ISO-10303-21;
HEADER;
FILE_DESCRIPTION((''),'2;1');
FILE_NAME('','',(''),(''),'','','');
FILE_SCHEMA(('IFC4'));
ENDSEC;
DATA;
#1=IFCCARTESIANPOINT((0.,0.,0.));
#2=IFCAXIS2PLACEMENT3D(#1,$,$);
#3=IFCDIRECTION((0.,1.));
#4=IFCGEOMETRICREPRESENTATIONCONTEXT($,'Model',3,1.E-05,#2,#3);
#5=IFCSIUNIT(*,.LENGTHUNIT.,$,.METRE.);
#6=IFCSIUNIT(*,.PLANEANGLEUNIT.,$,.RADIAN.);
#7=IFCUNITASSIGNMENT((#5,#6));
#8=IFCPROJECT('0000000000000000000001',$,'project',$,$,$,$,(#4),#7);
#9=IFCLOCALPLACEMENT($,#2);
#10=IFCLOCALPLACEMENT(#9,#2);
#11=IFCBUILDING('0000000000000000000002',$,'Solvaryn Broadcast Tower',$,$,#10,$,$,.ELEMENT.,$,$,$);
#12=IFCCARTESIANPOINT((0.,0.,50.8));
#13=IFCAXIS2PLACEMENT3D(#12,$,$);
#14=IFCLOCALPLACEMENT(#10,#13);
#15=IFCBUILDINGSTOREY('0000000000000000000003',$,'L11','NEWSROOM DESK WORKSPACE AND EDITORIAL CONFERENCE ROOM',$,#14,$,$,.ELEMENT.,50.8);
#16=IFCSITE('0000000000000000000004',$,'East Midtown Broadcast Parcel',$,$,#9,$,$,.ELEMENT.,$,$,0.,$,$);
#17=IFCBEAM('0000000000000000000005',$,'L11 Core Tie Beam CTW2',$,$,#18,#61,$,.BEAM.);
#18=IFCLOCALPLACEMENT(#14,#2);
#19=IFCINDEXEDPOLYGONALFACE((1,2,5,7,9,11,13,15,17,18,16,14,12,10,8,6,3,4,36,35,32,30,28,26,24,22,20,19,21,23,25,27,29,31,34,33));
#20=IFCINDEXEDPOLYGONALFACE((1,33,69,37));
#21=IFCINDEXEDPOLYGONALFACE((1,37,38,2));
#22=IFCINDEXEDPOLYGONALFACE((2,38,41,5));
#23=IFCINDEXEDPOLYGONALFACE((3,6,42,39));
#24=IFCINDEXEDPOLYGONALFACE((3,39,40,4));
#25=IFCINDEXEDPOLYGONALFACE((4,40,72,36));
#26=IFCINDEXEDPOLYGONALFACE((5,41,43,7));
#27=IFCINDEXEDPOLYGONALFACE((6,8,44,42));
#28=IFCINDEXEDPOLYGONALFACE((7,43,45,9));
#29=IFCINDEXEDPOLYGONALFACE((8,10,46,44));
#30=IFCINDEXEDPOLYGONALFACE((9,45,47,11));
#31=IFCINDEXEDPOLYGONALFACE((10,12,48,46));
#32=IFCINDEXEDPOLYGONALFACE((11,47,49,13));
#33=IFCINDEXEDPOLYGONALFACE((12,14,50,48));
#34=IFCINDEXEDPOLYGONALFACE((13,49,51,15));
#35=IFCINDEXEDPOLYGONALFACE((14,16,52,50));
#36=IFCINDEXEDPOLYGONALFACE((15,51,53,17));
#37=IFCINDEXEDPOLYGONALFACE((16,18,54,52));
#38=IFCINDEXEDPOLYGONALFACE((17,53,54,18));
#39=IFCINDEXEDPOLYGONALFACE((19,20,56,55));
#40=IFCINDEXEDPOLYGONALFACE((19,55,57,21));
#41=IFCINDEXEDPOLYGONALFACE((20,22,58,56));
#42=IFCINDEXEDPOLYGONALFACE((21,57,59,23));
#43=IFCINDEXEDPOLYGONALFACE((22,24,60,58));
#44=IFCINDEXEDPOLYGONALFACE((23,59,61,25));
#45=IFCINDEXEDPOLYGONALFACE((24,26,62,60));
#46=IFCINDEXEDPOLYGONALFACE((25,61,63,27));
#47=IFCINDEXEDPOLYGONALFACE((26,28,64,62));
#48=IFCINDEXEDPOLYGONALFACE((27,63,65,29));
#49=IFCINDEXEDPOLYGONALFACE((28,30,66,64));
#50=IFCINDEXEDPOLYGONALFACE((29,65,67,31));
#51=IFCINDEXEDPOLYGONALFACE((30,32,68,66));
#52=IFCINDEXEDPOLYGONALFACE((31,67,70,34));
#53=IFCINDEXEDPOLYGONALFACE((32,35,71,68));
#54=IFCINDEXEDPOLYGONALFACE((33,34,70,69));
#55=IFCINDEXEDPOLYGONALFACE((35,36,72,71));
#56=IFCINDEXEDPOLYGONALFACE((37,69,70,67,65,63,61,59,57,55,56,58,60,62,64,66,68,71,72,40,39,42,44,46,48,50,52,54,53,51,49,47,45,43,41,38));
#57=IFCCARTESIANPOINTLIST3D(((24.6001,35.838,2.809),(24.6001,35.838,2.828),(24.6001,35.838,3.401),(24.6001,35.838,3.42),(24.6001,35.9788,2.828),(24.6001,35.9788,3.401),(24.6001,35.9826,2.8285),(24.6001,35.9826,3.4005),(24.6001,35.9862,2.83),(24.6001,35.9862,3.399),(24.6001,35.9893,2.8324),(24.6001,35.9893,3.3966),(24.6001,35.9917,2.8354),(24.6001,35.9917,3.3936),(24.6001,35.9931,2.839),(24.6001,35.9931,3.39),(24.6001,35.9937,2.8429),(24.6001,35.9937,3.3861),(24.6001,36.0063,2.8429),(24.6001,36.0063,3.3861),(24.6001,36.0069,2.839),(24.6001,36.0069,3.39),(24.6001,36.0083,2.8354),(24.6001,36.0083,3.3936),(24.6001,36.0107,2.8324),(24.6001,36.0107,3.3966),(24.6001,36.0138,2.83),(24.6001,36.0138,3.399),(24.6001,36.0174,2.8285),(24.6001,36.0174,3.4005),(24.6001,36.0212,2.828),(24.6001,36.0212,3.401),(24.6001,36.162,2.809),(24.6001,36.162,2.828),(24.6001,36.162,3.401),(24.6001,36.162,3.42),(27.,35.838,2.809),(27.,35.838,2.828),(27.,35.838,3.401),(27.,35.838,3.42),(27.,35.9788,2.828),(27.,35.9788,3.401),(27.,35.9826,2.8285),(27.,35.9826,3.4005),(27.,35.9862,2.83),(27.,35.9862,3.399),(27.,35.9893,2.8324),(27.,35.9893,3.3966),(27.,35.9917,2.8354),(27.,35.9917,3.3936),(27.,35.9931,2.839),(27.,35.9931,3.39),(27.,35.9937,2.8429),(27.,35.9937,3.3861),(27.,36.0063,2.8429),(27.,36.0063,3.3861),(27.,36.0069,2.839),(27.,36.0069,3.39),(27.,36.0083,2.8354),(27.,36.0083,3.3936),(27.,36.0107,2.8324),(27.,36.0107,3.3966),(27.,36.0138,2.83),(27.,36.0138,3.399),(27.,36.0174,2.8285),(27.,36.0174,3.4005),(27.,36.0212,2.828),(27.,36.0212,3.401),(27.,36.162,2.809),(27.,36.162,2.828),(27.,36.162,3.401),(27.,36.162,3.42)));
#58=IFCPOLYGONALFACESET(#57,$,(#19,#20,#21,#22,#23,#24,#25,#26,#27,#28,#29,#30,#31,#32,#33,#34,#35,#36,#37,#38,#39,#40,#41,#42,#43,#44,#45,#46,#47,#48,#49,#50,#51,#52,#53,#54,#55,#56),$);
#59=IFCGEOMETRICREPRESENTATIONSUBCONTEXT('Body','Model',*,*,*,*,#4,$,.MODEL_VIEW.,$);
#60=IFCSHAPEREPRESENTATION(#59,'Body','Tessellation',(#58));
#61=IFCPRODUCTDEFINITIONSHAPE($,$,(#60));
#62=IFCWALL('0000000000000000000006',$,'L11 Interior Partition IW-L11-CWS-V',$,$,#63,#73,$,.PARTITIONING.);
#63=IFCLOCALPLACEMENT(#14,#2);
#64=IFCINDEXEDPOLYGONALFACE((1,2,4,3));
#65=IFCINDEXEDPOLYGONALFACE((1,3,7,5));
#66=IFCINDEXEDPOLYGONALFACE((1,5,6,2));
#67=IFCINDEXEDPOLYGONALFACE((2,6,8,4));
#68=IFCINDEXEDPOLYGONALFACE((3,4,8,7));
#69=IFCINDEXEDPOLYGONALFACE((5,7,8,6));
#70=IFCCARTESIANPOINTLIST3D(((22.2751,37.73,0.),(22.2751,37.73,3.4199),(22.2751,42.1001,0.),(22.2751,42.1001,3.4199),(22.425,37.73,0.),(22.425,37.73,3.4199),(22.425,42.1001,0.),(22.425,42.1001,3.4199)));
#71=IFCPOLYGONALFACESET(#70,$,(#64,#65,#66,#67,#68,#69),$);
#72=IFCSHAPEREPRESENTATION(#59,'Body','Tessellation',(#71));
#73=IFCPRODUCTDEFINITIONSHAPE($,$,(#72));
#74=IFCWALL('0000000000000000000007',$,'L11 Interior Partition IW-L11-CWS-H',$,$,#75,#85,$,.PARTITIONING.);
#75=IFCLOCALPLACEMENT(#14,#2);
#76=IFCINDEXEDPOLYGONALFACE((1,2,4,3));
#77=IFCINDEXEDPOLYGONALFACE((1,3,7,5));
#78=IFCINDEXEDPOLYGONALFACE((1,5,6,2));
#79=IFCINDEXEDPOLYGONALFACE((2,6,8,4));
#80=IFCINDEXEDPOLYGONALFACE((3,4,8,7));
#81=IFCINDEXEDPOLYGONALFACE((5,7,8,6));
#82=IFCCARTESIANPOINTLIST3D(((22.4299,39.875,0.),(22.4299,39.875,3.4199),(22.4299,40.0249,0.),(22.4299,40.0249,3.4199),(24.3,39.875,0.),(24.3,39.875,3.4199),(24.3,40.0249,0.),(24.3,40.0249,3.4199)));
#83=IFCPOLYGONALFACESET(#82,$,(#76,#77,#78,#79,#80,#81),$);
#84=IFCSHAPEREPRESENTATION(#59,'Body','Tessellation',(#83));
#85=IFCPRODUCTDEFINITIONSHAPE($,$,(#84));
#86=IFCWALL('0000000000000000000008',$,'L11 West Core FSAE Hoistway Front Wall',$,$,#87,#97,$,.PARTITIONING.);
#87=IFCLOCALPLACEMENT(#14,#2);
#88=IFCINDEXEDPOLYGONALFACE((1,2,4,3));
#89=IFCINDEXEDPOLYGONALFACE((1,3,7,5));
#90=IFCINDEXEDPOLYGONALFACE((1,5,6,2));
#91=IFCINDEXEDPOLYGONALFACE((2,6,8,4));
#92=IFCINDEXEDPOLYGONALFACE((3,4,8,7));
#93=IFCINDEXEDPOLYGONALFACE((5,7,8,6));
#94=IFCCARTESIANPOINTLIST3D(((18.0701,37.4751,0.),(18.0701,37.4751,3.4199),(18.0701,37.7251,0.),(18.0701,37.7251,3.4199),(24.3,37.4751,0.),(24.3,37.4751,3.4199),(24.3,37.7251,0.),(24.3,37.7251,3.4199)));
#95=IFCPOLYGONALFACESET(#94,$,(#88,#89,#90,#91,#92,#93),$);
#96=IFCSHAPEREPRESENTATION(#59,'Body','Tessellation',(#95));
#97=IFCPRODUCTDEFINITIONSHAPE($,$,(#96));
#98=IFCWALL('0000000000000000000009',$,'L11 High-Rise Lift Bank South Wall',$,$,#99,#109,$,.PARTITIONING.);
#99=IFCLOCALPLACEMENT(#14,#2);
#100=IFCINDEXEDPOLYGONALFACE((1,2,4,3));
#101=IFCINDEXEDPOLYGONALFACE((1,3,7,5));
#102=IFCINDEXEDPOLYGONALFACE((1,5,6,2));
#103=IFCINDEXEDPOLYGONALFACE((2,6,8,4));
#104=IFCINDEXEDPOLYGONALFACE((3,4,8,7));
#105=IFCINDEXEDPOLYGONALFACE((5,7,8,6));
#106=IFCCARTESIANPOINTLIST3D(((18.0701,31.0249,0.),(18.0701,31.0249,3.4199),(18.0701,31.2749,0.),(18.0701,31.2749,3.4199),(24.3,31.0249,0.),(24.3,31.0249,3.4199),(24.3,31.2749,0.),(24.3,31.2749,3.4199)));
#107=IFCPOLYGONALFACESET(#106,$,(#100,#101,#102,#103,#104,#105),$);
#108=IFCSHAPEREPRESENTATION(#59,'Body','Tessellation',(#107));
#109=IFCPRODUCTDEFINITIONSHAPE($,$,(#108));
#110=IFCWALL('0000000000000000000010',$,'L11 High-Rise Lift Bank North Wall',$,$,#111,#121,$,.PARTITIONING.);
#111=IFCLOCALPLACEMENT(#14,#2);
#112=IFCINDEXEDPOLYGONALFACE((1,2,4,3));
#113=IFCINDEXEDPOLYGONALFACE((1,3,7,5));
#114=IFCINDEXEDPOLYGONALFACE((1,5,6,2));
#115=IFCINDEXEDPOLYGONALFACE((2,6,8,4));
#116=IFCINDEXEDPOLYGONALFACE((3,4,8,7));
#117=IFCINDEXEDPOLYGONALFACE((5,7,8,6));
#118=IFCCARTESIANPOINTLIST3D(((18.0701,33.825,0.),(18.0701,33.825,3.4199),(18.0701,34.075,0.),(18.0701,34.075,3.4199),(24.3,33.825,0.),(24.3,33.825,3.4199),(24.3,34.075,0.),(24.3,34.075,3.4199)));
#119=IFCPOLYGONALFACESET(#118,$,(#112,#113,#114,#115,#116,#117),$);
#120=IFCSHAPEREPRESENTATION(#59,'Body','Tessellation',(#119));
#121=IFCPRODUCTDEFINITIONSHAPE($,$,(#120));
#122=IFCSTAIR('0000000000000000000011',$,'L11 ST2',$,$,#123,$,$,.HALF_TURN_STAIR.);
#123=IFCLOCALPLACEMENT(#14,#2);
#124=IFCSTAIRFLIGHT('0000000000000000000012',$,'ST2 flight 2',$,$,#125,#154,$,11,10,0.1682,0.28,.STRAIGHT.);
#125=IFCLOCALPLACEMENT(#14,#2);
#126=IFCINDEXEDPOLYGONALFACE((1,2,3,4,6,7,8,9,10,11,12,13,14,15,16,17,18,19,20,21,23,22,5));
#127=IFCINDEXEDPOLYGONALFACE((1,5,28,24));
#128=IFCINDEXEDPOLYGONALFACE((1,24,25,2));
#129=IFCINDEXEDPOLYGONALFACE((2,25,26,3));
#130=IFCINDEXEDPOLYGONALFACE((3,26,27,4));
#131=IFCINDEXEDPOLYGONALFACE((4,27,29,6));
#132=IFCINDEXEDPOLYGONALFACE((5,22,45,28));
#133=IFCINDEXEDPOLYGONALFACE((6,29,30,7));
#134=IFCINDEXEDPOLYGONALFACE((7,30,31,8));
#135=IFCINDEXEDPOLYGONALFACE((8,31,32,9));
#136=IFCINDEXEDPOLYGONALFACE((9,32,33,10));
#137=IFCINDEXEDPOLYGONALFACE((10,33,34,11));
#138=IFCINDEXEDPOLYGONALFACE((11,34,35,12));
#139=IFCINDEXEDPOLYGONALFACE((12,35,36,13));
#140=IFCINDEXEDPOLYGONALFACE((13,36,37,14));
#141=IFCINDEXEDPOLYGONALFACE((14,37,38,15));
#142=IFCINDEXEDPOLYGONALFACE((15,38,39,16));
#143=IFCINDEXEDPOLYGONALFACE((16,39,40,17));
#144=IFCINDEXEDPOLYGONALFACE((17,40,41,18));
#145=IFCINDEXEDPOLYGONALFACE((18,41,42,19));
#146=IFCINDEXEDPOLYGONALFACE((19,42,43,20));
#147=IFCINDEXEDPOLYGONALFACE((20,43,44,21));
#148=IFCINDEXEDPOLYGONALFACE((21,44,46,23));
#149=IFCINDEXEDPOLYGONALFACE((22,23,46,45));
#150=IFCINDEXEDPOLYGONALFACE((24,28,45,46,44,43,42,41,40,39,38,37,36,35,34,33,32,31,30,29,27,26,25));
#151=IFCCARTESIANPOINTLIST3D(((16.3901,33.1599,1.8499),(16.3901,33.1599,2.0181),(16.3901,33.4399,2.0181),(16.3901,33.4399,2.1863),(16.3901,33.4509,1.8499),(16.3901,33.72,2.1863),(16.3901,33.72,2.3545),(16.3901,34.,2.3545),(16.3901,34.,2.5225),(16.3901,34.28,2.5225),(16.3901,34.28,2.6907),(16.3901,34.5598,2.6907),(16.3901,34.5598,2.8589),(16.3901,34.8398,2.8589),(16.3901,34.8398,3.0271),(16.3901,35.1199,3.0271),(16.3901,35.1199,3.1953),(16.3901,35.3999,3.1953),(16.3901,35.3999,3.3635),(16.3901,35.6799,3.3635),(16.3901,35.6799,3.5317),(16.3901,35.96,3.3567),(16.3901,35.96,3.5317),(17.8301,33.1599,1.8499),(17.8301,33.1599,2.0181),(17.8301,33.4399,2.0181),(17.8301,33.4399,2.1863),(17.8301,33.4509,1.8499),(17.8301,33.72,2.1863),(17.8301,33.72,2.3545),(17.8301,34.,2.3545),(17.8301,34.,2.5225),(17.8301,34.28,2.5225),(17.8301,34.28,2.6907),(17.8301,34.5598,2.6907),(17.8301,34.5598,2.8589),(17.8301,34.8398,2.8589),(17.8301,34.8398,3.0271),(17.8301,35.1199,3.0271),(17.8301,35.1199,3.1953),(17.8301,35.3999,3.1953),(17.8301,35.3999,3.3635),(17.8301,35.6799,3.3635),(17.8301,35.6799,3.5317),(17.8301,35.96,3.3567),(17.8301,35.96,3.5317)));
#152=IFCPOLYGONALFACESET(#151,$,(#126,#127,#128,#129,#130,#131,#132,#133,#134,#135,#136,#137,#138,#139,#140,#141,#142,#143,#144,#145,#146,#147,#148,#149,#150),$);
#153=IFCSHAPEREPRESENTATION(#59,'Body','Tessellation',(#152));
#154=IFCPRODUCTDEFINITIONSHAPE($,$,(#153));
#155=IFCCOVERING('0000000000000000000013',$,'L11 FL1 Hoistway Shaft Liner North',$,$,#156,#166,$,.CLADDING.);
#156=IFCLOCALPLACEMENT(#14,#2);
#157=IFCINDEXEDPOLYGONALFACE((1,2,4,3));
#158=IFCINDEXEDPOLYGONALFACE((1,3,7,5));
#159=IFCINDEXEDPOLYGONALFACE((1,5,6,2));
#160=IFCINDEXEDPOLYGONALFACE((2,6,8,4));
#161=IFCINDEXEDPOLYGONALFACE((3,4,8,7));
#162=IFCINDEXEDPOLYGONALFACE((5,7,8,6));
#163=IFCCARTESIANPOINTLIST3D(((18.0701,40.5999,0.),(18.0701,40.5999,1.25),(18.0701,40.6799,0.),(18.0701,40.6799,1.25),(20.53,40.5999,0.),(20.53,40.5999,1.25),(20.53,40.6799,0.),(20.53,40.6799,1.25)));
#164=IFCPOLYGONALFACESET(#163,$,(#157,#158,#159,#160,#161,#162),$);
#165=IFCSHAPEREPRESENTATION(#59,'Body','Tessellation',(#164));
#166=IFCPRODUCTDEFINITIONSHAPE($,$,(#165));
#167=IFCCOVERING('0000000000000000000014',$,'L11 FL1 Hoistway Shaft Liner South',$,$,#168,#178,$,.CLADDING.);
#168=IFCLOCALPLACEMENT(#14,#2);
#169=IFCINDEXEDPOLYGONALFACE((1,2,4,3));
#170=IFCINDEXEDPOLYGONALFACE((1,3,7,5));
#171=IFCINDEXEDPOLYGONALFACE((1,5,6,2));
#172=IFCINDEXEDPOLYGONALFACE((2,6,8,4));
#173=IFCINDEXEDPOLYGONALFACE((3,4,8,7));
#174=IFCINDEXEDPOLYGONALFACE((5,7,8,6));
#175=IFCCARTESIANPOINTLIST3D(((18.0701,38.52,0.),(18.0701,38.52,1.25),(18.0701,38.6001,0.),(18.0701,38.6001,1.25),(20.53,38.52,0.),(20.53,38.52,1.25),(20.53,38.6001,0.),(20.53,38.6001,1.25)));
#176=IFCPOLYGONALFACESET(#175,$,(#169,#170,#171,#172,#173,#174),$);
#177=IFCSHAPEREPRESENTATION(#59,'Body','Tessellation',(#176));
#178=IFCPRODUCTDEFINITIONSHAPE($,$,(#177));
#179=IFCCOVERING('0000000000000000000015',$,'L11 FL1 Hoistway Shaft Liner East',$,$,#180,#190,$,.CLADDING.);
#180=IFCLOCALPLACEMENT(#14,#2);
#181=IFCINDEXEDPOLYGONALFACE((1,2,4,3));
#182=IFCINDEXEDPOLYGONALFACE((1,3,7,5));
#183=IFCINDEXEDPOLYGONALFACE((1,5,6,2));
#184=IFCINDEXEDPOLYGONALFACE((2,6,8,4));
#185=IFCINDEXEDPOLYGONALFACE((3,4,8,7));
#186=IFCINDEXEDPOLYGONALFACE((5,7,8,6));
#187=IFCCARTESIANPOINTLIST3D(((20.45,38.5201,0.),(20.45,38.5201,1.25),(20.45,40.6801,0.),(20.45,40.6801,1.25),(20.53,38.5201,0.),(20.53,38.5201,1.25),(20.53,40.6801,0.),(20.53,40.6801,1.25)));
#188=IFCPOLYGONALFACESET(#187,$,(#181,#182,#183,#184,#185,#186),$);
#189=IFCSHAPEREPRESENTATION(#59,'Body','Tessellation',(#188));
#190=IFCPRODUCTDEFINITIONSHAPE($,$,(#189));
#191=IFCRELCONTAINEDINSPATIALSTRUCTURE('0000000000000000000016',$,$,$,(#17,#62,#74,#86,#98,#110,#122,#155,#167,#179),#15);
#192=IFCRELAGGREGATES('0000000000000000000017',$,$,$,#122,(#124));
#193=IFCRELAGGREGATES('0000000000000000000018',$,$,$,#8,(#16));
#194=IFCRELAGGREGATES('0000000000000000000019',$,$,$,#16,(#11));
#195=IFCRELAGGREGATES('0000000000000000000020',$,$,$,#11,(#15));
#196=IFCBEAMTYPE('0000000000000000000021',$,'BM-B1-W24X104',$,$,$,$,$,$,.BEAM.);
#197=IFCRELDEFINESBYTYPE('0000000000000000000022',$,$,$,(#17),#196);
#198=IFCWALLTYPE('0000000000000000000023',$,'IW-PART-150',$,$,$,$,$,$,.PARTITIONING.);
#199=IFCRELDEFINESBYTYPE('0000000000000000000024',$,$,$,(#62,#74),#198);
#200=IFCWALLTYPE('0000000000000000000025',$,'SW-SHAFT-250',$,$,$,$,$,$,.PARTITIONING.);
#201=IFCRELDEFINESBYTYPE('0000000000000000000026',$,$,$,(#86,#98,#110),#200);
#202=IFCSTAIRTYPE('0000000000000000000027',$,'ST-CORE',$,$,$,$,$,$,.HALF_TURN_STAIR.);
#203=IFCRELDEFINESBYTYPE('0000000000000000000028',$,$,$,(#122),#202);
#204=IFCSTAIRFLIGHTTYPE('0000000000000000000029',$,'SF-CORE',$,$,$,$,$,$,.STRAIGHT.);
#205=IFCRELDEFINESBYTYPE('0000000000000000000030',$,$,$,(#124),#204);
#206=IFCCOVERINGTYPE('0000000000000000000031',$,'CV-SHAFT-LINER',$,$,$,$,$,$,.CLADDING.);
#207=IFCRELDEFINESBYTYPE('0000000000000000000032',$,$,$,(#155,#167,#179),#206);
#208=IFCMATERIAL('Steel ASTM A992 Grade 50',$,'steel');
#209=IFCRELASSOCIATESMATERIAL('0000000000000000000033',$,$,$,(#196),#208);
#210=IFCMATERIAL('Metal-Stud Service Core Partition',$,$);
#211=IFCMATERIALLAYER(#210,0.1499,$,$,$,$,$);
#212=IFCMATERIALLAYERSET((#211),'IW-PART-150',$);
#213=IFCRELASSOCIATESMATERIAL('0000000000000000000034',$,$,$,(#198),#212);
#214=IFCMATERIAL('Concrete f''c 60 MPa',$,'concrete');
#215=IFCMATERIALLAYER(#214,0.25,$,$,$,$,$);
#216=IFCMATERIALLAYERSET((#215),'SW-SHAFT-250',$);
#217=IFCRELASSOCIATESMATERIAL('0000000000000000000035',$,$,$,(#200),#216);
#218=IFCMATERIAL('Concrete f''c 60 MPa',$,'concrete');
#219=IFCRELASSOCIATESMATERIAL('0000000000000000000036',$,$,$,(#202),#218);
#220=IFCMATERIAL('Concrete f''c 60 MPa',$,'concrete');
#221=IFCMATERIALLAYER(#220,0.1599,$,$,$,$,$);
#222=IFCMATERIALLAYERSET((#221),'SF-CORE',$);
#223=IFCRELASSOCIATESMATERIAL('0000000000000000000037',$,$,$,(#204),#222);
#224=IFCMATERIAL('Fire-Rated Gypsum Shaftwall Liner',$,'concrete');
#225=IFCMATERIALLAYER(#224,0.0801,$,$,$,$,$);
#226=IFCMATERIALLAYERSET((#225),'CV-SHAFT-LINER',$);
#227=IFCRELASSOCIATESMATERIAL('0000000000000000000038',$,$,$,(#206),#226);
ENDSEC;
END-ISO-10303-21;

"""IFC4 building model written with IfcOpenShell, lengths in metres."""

from ifc_helpers import new_model, si_unit, direction, frame, frame_2d, origin, origin_2d, place, context, subcontext, project, spatial, polyline, rectangle, i_section, outline, extrude, material, layer, layer_set, material_profile, profile_set, type_object, element, aggregate, save


model = new_model("IFC4")

# Units and contexts
model_context = context("Model", 3, precision=1e-05, world=origin(), true_north=direction((0.0, 1.0)))
body_context = subcontext(model_context, "Body", "Model", "MODEL_VIEW")
ifc_project = project(units=[si_unit("LENGTHUNIT", "METRE"), si_unit("PLANEANGLEUNIT", "RADIAN")], contexts=[model_context])

# Site, building, storey
site_placement = place(None, origin())
site = spatial("IfcSite", under=ifc_project, at=site_placement, Name="East Midtown Broadcast Parcel", CompositionType="ELEMENT", RefElevation=0.0)
building_placement = place(site_placement, origin())
building = spatial("IfcBuilding", under=site, at=building_placement, Name="Solvaryn Broadcast Tower", CompositionType="ELEMENT")
storey_placement = place(building_placement, frame((0.0, 0.0, 50.8)))
storey = spatial("IfcBuildingStorey", under=building, at=storey_placement, Name="L11", Description="NEWSROOM DESK WORKSPACE AND EDITORIAL CONFERENCE ROOM", CompositionType="ELEMENT", Elevation=50.8)

# Beam
ifc_material_1 = material(Name="Steel ASTM A992 Grade 50", Category="steel")
ifc_material_profile = material_profile(ifc_material_1, i_section(OverallWidth=0.324, OverallDepth=0.6111, WebThickness=0.0127, FlangeThickness=0.019, FilletRadius=0.0149, at=origin_2d()))
ifc_profile_set = profile_set([ifc_material_profile], Name="Steel ASTM A992 Grade 50")
beam_type = type_object("IfcBeamType", Name="BM-B1-W24X104", PredefinedType="BEAM", material=ifc_profile_set)
beam_placement = place(storey_placement, frame((24.6001, 36.0, 3.1145), z_axis=(1.0, 0.0, 0.0), x_axis=(0.0, 1.0, 0.0)))
element("IfcBeam", 1, at=beam_placement, inside=storey, type_object=beam_type, Name="L11 Core Tie Beam CTW2", PredefinedType="BEAM", context=body_context, shape_type="SweptSolid", body=[
    extrude(i_section(OverallWidth=0.324, OverallDepth=0.6111, WebThickness=0.0127, FlangeThickness=0.019, FilletRadius=0.0149, at=origin_2d()), origin(), (0.0, 0.0, 1.0), 2.3999),
])

# Walls
ifc_material_2 = material(Name="Metal-Stud Service Core Partition")
ifc_layer_1 = layer(ifc_material_2, 0.1499)
ifc_layer_set_1 = layer_set([ifc_layer_1], Name="IW-PART-150")
wall_type_1 = type_object("IfcWallType", Name="IW-PART-150", PredefinedType="PARTITIONING", material=ifc_layer_set_1)
wall_1_placement = place(storey_placement, frame((22.3501, 37.73, 0.0), z_axis=(0.0, 0.0, 1.0), x_axis=(0.0, 1.0, 0.0)))
element("IfcWall", 2, at=wall_1_placement, inside=storey, type_object=wall_type_1, Name="L11 Interior Partition IW-L11-CWS-V", PredefinedType="PARTITIONING", context=body_context, shape_type="SweptSolid", body=[
    extrude(rectangle(XDim=4.3701, YDim=0.1499, at=frame_2d((2.1851, 0.0))), origin(), (0.0, 0.0, 1.0), 3.4199),
])
wall_2_placement = place(storey_placement, frame((22.4299, 39.95, 0.0), z_axis=(0.0, 0.0, 1.0), x_axis=(1.0, 0.0, 0.0)))
element("IfcWall", 3, at=wall_2_placement, inside=storey, type_object=wall_type_1, Name="L11 Interior Partition IW-L11-CWS-H", PredefinedType="PARTITIONING", context=body_context, shape_type="SweptSolid", body=[
    extrude(rectangle(XDim=1.8701, YDim=0.1499, at=frame_2d((0.9351, 0.0))), origin(), (0.0, 0.0, 1.0), 3.4199),
])
ifc_material_3 = material(Name="Concrete f'c 60 MPa", Category="concrete")
ifc_layer_2 = layer(ifc_material_3, 0.25)
ifc_layer_set_2 = layer_set([ifc_layer_2], Name="SW-SHAFT-250")
wall_type_2 = type_object("IfcWallType", Name="SW-SHAFT-250", PredefinedType="PARTITIONING", material=ifc_layer_set_2)
for number, where, z_axis, x_axis, name in (
    (4, (18.0701, 37.6001, 0.0), (0.0, 0.0, 1.0), (1.0, 0.0, 0.0), "L11 West Core FSAE Hoistway Front Wall"),
    (5, (18.0701, 31.1499, 0.0), (0.0, 0.0, 1.0), (1.0, 0.0, 0.0), "L11 High-Rise Lift Bank South Wall"),
    (6, (24.3, 33.95, 0.0), (0.0, 0.0, 1.0), (-1.0, 0.0, 0.0), "L11 High-Rise Lift Bank North Wall"),
):
    element("IfcWall", number, at=place(storey_placement, frame(where, z_axis=z_axis, x_axis=x_axis)), inside=storey, type_object=wall_type_2, Name=name, PredefinedType="PARTITIONING", context=body_context, shape_type="SweptSolid", body=[
        extrude(rectangle(XDim=6.23, YDim=0.25, at=frame_2d((3.115, 0.0))), origin(), (0.0, 0.0, 1.0), 3.4199),
    ])

# Stair, stair flight
ifc_material_4 = material(Name="Concrete f'c 60 MPa", Category="concrete")
stair_type = type_object("IfcStairType", Name="ST-CORE", PredefinedType="HALF_TURN_STAIR", material=ifc_material_4)
stair_placement = place(storey_placement, origin())
stair = element("IfcStair", 7, at=stair_placement, inside=storey, type_object=stair_type, Name="L11 ST2", PredefinedType="HALF_TURN_STAIR")
ifc_material_5 = material(Name="Concrete f'c 60 MPa", Category="concrete")
ifc_layer_3 = layer(ifc_material_5, 0.1599)
ifc_layer_set_3 = layer_set([ifc_layer_3], Name="SF-CORE")
stair_flight_type = type_object("IfcStairFlightType", Name="SF-CORE", PredefinedType="STRAIGHT", material=ifc_layer_set_3)
stair_flight_placement = place(storey_placement, frame((17.1101, 33.1599, 1.8499), z_axis=(0.0, 0.0, 1.0), x_axis=(0.0, 1.0, 0.0)))
stair_flight = element("IfcStairFlight", 8, at=stair_flight_placement, type_object=stair_flight_type, Name="ST2 flight 2", NumberOfRisers=11, NumberOfTreads=10, PredefinedType="STRAIGHT", RiserHeight=0.1682, TreadLength=0.28, context=body_context, shape_type="SweptSolid", body=[
    extrude(outline(polyline([(0.0, 0.0), (0.0, 0.1682), (0.28, 0.1682), (0.28, 0.3364), (0.5601, 0.3364), (0.5601, 0.5046), (0.8401, 0.5046), (0.8401, 0.6726), (1.1201, 0.6726), (1.1201, 0.8408), (1.3999, 0.8408), (1.3999, 1.009), (1.6799, 1.009), (1.6799, 1.1772), (1.96, 1.1772), (1.96, 1.3455), (2.24, 1.3455), (2.24, 1.5137), (2.52, 1.5137), (2.52, 1.6819), (2.8, 1.6819), (2.8, 1.8501), (2.8, 1.5068), (0.291, 0.0), (0.0, 0.0)])), frame((0.0, 0.72, 0.0), z_axis=(0.0, -1.0, 0.0), x_axis=(1.0, 0.0, 0.0)), (0.0, 0.0, 1.0), 1.4399),
])
aggregate(stair, [stair_flight])

# Coverings
ifc_material_6 = material(Name="Fire-Rated Gypsum Shaftwall Liner", Category="concrete")
ifc_layer_4 = layer(ifc_material_6, 0.0801)
ifc_layer_set_4 = layer_set([ifc_layer_4], Name="CV-SHAFT-LINER")
covering_type = type_object("IfcCoveringType", Name="CV-SHAFT-LINER", PredefinedType="CLADDING", material=ifc_layer_set_4)
for number, where, z_axis, x_axis, name in (
    (9, (19.3, 40.6399, 0.0), (0.0, 0.0, 1.0), (1.0, 0.0, 0.0), "L11 FL1 Hoistway Shaft Liner North"),
    (10, (19.3, 38.5601, 0.0), (0.0, 0.0, 1.0), (1.0, 0.0, 0.0), "L11 FL1 Hoistway Shaft Liner South"),
):
    element("IfcCovering", number, at=place(storey_placement, frame(where, z_axis=z_axis, x_axis=x_axis)), inside=storey, type_object=covering_type, Name=name, PredefinedType="CLADDING", context=body_context, shape_type="SweptSolid", body=[
        extrude(rectangle(XDim=2.46, YDim=0.0801, at=origin_2d()), origin(), (0.0, 0.0, 1.0), 1.25),
    ])
covering_placement = place(storey_placement, frame((20.49, 39.6001, 0.0), z_axis=(0.0, 0.0, 1.0), x_axis=(1.0, 0.0, 0.0)))
element("IfcCovering", 11, at=covering_placement, inside=storey, type_object=covering_type, Name="L11 FL1 Hoistway Shaft Liner East", PredefinedType="CLADDING", context=body_context, shape_type="SweptSolid", body=[
    extrude(rectangle(XDim=0.0801, YDim=2.1599, at=origin_2d()), origin(), (0.0, 0.0, 1.0), 1.25),
])

save(model, "model.ifc")
